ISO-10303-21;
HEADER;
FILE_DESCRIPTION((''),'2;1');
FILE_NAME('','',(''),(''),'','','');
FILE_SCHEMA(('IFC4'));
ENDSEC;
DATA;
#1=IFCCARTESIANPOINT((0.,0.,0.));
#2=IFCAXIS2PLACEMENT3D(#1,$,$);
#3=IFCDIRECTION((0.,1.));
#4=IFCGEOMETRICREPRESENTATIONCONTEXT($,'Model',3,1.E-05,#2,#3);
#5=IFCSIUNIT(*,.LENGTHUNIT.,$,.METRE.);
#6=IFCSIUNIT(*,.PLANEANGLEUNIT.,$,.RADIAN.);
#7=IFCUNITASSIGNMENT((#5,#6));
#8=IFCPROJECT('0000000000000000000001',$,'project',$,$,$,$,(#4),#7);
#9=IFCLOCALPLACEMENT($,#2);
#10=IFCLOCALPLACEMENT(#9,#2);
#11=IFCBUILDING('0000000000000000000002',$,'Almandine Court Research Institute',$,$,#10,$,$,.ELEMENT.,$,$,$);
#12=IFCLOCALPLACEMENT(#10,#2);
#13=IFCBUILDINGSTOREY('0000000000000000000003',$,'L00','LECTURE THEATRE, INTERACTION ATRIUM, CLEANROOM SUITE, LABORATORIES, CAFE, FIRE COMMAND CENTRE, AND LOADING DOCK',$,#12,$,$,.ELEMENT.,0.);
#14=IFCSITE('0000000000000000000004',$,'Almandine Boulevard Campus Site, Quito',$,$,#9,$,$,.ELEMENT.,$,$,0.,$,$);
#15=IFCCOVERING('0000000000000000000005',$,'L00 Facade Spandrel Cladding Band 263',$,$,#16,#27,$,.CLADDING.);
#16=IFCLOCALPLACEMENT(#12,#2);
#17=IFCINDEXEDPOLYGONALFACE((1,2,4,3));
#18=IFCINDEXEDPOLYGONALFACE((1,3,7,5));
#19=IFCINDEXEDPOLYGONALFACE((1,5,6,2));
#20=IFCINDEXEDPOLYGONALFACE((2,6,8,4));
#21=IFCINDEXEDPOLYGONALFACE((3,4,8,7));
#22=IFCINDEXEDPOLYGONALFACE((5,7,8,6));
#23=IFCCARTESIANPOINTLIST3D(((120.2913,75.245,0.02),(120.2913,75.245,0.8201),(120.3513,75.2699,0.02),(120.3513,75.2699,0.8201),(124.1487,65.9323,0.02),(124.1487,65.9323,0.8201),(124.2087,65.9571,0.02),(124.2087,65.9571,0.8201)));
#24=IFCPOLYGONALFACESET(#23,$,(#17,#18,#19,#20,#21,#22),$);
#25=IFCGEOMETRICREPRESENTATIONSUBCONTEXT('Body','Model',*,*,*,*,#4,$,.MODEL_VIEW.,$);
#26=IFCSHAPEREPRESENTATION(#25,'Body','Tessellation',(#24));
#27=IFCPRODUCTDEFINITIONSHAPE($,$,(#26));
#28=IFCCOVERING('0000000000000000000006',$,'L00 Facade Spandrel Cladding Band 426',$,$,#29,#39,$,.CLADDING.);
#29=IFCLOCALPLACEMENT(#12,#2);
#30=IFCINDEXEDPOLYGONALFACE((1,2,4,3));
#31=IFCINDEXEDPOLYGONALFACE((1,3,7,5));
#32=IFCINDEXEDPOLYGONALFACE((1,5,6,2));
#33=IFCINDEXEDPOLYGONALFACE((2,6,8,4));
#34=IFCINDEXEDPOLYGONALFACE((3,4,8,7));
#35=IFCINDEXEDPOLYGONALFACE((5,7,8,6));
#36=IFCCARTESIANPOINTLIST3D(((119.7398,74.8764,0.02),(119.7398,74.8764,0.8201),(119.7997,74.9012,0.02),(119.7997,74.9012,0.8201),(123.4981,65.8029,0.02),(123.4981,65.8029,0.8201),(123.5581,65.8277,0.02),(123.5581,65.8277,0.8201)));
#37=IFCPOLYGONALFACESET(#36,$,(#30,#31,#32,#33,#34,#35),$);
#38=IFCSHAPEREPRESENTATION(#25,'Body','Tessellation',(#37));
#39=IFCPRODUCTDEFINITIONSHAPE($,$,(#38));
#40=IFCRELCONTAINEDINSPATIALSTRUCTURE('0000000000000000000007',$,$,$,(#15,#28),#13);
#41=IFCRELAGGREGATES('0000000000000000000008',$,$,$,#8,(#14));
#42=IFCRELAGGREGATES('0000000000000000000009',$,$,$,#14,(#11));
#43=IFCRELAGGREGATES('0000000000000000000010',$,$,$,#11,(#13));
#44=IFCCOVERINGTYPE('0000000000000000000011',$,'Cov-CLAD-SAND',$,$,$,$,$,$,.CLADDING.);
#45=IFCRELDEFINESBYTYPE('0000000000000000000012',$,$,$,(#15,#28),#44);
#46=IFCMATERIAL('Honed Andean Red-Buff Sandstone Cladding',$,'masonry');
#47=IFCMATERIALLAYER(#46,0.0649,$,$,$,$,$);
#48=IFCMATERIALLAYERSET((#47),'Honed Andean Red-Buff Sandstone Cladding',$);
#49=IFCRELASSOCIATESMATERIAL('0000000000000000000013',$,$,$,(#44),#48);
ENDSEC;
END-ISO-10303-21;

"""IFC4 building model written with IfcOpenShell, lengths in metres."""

from ifc_helpers import new_model, si_unit, direction, frame, origin, origin_2d, place, context, subcontext, project, spatial, rectangle, extrude, material, layer, layer_set, type_object, element, save


model = new_model("IFC4")

# Units and contexts
model_context = context("Model", 3, precision=1e-05, world=origin(), true_north=direction((0.0, 1.0)))
body_context = subcontext(model_context, "Body", "Model", "MODEL_VIEW")
ifc_project = project(units=[si_unit("LENGTHUNIT", "METRE"), si_unit("PLANEANGLEUNIT", "RADIAN")], contexts=[model_context])

# Site, building, storey
site_placement = place(None, origin())
site = spatial("IfcSite", under=ifc_project, at=site_placement, Name="Almandine Boulevard Campus Site, Quito", CompositionType="ELEMENT", RefElevation=0.0)
building_placement = place(site_placement, origin())
building = spatial("IfcBuilding", under=site, at=building_placement, Name="Almandine Court Research Institute", CompositionType="ELEMENT")
storey_placement = place(building_placement, origin())
storey = spatial("IfcBuildingStorey", under=building, at=storey_placement, Name="L00", Description="LECTURE THEATRE, INTERACTION ATRIUM, CLEANROOM SUITE, LABORATORIES, CAFE, FIRE COMMAND CENTRE, AND LOADING DOCK", CompositionType="ELEMENT", Elevation=0.0)

# Coverings
ifc_material_1 = material(Name="Honed Andean Red-Buff Sandstone Cladding", Category="masonry")
ifc_layer_1 = layer(ifc_material_1, 0.0649)
ifc_layer_set_1 = layer_set([ifc_layer_1], Name="Honed Andean Red-Buff Sandstone Cladding")
covering_type = type_object("IfcCoveringType", Name="Cov-CLAD-SAND", PredefinedType="CLADDING", material=ifc_layer_set_1)
for number, where, z_axis, x_axis, name in (
    (1, (122.25, 70.6011, 0.02), (0.0, 0.0, 1.0), (-0.382683, 0.92388, 0.0), "L00 Facade Spandrel Cladding Band 263"),
):
    element("IfcCovering", number, at=place(storey_placement, frame(where, z_axis=z_axis, x_axis=x_axis)), inside=storey, type_object=covering_type, Name=name, PredefinedType="CLADDING", context=body_context, shape_type="SweptSolid", body=[
        extrude(rectangle(XDim=10.0801, YDim=0.0649, at=origin_2d()), origin(), (0.0, 0.0, 1.0), 0.8),
    ])
covering_placement = place(storey_placement, frame((121.6489, 70.3521, 0.02), z_axis=(0.0, 0.0, 1.0), x_axis=(0.382683, -0.92388, 0.0)))
element("IfcCovering", 2, at=covering_placement, inside=storey, type_object=covering_type, Name="L00 Facade Spandrel Cladding Band 426", PredefinedType="CLADDING", context=body_context, shape_type="SweptSolid", body=[
    extrude(rectangle(XDim=9.821, YDim=0.0649, at=origin_2d()), origin(), (0.0, 0.0, 1.0), 0.8),
])

save(model, "model.ifc")
